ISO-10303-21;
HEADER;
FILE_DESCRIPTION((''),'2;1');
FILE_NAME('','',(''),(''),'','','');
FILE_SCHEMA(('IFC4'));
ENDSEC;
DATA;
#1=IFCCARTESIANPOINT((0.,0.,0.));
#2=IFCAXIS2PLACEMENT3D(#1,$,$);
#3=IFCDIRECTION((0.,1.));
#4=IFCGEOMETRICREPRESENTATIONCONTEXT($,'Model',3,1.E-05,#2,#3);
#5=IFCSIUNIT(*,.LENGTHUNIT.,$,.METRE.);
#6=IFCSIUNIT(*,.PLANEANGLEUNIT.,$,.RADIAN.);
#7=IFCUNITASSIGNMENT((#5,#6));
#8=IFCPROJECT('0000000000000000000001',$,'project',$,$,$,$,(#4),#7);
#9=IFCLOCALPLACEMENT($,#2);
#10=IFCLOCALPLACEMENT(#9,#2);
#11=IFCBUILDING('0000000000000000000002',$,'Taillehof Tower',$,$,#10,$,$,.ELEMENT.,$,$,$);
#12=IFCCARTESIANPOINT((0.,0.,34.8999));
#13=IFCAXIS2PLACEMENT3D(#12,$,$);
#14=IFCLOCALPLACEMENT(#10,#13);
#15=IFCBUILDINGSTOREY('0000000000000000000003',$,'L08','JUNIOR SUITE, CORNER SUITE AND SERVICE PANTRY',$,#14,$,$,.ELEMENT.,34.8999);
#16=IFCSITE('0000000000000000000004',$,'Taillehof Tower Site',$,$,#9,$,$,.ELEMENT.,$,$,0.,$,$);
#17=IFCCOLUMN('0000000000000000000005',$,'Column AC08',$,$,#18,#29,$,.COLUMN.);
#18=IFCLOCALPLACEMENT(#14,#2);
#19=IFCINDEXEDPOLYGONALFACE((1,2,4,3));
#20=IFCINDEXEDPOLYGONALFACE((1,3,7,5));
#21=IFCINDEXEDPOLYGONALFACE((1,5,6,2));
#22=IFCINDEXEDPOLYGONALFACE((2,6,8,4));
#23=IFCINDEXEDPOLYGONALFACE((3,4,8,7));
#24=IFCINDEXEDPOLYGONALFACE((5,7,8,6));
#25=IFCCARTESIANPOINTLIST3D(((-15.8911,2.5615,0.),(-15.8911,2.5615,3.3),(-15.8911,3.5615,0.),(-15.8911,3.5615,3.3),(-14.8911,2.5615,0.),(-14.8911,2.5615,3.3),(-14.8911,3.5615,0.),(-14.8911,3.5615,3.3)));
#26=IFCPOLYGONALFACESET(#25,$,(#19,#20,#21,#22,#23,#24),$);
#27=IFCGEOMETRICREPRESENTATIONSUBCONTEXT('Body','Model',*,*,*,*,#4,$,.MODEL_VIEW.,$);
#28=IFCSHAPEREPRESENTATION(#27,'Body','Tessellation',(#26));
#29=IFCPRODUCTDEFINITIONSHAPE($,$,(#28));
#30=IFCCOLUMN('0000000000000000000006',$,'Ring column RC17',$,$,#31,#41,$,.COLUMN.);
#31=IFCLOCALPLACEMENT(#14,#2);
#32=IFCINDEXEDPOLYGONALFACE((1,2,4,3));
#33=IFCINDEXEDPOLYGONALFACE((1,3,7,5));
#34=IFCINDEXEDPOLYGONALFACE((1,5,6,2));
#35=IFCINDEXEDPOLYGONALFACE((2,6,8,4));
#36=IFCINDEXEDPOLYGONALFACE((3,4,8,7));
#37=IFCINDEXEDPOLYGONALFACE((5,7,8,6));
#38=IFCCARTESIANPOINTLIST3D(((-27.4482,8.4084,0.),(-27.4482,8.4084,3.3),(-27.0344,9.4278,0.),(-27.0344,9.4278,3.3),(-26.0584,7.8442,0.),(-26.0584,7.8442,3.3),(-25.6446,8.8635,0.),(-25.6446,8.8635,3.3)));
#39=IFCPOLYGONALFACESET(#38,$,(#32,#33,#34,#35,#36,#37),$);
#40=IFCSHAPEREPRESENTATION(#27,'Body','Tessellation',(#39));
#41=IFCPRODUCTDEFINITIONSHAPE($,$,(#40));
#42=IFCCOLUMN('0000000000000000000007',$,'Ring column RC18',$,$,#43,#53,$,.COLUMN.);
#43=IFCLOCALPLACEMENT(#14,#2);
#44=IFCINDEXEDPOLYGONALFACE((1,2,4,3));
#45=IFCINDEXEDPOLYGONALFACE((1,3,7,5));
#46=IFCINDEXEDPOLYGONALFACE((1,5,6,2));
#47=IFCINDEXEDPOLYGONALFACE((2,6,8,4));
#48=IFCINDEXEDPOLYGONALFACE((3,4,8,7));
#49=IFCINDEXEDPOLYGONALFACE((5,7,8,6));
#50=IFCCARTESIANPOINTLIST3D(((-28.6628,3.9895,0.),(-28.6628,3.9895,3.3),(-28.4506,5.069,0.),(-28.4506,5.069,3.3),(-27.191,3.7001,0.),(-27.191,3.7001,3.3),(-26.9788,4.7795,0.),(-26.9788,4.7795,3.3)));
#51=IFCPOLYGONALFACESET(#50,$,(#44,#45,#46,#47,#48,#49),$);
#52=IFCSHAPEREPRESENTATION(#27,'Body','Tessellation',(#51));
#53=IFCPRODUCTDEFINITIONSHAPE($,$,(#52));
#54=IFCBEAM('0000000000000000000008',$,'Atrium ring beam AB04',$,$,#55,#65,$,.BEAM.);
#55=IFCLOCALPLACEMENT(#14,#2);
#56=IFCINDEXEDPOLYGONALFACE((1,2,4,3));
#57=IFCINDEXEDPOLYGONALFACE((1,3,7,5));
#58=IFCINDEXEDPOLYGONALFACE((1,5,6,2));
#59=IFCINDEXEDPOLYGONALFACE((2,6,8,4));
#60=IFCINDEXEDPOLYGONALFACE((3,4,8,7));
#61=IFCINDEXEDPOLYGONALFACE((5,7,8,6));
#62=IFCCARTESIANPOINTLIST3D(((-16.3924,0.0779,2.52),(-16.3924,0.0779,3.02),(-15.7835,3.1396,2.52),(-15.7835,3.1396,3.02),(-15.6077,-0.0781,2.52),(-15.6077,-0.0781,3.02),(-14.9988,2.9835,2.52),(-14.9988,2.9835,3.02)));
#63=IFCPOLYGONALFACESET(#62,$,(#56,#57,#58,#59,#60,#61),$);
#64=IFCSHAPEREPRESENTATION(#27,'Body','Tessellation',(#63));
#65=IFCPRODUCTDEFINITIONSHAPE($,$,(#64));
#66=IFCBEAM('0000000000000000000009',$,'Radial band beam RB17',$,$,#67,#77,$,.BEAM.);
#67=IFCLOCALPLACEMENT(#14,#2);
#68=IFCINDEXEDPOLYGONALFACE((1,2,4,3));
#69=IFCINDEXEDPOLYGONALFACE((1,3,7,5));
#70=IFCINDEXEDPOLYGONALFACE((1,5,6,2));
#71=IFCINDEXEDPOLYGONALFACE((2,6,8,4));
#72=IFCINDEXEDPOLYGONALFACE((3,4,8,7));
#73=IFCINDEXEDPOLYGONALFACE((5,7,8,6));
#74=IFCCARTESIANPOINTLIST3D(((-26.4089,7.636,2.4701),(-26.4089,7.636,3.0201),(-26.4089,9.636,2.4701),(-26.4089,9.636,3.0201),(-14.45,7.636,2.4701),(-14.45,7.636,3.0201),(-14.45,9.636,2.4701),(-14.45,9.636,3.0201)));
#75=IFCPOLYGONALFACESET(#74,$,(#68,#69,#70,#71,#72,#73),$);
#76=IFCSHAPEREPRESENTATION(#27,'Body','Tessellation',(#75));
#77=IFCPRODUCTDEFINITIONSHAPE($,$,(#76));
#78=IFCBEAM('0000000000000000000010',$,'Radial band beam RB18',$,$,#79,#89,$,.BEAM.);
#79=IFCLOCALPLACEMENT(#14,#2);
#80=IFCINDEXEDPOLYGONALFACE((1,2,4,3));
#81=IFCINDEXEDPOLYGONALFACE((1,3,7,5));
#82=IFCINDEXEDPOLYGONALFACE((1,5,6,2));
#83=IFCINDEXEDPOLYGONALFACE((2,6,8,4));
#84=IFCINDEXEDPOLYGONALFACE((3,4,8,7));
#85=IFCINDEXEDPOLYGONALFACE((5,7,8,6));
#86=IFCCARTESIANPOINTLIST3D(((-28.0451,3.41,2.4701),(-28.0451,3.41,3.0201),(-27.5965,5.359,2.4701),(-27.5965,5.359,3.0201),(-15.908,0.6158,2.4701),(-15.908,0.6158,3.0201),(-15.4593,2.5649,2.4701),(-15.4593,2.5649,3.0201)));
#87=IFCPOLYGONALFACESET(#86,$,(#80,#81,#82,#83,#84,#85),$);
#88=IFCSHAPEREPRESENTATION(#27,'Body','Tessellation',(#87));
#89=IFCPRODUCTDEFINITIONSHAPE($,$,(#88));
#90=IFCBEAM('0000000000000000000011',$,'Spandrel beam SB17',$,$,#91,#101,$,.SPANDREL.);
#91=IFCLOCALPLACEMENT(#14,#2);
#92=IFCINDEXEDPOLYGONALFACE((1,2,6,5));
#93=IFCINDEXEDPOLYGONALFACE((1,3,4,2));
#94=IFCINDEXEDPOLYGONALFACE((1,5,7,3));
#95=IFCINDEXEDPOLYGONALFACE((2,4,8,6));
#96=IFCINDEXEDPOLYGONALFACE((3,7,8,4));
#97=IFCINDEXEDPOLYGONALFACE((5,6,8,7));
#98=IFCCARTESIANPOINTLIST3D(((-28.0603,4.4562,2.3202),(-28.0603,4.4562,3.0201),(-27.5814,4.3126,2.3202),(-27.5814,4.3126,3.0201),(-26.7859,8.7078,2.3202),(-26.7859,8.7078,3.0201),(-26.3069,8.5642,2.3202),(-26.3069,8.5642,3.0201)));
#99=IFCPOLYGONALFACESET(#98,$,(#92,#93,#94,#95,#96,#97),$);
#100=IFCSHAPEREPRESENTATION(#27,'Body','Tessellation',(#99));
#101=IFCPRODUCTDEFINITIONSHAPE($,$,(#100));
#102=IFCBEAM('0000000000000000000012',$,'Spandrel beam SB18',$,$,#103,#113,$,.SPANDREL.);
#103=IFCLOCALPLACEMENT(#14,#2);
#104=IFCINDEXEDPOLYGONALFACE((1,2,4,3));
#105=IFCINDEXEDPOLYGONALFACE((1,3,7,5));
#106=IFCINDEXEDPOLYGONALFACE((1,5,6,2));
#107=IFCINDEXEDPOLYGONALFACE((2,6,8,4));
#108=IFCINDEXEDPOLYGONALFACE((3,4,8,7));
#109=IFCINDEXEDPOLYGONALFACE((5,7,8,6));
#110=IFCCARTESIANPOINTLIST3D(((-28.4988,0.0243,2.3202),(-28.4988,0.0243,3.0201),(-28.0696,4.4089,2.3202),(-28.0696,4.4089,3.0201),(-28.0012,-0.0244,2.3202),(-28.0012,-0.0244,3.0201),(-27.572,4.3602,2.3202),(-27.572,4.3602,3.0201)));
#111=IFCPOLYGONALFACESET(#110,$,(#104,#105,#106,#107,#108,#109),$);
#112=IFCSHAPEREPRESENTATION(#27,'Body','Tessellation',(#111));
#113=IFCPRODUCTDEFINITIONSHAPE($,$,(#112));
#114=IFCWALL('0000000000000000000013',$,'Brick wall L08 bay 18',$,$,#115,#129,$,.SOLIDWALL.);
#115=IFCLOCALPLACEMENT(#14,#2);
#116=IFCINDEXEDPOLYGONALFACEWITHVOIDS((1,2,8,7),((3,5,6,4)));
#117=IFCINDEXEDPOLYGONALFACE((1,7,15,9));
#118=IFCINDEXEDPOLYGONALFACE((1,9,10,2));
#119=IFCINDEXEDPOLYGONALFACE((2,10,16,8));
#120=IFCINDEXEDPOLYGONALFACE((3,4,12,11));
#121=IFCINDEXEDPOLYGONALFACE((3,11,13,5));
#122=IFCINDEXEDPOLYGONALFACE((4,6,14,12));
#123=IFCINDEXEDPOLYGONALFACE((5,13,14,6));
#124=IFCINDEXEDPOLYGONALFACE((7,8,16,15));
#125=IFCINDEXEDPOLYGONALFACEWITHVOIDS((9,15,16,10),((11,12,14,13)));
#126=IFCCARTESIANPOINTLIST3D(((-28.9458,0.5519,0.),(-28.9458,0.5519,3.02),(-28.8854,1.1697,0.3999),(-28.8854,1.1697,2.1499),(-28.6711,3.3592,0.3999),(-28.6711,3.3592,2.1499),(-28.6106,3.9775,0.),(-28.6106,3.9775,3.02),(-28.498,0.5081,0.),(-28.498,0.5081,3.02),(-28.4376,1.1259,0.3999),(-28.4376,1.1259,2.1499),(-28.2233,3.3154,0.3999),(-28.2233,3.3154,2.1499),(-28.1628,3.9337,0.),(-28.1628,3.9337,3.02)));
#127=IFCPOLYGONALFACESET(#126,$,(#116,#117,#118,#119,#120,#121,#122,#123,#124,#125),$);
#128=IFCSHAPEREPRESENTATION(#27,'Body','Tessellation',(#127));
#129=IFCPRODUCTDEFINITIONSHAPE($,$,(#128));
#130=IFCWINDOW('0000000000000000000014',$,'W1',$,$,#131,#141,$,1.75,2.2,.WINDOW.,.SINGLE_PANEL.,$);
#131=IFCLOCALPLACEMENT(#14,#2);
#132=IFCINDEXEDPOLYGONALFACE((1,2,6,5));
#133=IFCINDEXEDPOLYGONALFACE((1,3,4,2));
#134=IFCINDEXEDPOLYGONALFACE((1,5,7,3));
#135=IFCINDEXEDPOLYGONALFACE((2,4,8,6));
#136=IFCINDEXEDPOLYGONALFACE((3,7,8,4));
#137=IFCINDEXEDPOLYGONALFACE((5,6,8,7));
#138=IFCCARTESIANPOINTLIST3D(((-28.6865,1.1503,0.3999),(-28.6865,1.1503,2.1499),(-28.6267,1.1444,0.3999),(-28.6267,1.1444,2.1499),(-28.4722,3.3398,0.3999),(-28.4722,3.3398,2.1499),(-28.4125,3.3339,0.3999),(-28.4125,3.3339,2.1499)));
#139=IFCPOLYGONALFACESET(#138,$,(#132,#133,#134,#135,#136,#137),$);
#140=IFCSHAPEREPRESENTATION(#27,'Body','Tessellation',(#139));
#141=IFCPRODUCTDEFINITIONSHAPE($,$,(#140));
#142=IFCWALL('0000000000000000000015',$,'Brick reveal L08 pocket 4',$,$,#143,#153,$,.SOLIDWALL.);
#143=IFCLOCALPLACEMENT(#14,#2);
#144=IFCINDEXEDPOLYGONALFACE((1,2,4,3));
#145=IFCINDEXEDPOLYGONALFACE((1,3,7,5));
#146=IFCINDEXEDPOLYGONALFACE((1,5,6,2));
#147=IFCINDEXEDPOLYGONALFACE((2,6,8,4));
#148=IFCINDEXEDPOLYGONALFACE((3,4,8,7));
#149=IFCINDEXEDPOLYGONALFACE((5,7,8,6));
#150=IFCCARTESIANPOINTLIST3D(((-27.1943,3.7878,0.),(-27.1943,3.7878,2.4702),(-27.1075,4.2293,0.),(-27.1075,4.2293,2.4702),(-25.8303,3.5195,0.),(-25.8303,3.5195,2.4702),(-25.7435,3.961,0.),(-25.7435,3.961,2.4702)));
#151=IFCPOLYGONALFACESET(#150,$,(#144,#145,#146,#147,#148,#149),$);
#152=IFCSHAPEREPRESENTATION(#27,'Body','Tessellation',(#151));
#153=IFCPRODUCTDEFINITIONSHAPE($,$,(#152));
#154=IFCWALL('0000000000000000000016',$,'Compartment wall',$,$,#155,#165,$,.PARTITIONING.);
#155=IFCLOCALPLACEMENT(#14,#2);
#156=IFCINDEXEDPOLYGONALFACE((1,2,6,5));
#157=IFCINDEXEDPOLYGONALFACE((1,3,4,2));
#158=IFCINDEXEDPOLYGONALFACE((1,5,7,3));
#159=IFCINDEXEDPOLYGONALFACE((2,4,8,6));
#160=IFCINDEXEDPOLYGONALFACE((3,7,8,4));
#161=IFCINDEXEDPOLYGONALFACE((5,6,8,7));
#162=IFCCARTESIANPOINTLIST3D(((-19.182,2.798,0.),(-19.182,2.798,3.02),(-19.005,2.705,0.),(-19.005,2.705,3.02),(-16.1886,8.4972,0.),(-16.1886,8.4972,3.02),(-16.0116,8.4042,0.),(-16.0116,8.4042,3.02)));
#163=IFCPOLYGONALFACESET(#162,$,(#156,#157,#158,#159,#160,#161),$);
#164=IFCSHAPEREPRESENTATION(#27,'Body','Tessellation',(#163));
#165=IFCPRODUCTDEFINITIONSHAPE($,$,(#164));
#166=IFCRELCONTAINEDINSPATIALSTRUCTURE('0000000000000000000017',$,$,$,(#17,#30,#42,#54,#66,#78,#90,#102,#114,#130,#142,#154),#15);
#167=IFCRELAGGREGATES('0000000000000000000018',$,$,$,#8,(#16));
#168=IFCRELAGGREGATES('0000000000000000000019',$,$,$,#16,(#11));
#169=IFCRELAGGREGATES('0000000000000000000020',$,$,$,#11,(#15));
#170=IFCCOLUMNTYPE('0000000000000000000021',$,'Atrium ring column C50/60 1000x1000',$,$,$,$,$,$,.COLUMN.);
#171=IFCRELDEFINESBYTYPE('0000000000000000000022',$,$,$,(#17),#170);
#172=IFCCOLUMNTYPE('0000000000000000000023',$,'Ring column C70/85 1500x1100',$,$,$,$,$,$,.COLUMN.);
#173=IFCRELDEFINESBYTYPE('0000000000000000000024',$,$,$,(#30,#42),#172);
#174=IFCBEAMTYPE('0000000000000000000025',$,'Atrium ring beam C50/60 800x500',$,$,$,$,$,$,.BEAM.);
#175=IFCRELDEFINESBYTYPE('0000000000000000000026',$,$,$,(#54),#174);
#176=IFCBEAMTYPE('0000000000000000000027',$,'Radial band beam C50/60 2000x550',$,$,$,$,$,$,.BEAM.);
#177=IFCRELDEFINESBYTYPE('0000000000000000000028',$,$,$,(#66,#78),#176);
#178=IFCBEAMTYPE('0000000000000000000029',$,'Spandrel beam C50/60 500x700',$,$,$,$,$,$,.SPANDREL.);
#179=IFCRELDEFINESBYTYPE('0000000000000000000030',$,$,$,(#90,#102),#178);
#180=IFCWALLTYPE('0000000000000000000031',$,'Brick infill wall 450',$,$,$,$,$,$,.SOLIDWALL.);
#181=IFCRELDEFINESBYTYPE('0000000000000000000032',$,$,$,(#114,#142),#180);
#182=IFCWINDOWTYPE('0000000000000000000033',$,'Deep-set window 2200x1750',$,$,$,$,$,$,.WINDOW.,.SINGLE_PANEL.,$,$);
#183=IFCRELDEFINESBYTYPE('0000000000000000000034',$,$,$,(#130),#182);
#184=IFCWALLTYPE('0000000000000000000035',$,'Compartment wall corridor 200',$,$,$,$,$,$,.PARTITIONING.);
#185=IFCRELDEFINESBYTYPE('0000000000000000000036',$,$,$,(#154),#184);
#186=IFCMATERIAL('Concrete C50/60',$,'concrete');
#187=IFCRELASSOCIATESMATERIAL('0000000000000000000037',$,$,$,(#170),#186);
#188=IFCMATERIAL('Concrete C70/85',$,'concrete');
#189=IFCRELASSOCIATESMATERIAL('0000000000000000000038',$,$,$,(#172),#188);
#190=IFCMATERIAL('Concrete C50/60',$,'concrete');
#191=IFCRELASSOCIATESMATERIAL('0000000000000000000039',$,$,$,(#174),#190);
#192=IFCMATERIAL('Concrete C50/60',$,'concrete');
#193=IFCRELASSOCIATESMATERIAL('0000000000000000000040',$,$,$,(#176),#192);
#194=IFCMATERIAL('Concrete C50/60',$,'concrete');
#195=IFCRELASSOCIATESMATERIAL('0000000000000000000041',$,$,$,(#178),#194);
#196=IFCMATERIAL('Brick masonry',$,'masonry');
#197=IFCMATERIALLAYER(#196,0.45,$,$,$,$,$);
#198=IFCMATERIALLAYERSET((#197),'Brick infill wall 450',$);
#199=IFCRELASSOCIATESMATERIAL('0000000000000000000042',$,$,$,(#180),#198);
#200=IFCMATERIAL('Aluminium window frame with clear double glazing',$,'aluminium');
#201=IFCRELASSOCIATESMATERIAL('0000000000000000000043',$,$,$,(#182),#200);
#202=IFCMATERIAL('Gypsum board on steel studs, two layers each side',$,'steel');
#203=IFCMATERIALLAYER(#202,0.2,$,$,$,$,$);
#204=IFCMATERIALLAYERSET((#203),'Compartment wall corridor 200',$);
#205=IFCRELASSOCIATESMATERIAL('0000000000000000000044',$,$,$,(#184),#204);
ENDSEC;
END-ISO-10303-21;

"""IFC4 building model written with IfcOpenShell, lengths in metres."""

from ifc_helpers import new_model, si_unit, direction, frame, frame_2d, origin, origin_2d, place, context, subcontext, project, spatial, rectangle, extrude, material, layer, layer_set, material_profile, profile_set, type_object, element, fill, save


model = new_model("IFC4")

# Units and contexts
model_context = context("Model", 3, precision=1e-05, world=origin(), true_north=direction((0.0, 1.0)))
body_context = subcontext(model_context, "Body", "Model", "MODEL_VIEW")
ifc_project = project(units=[si_unit("LENGTHUNIT", "METRE"), si_unit("PLANEANGLEUNIT", "RADIAN")], contexts=[model_context])

# Site, building, storey
site_placement = place(None, origin())
site = spatial("IfcSite", under=ifc_project, at=site_placement, Name="Taillehof Tower Site", CompositionType="ELEMENT", RefElevation=0.0)
building_placement = place(site_placement, origin())
building = spatial("IfcBuilding", under=site, at=building_placement, Name="Taillehof Tower", CompositionType="ELEMENT")
storey_placement = place(building_placement, frame((0.0, 0.0, 34.8999)))
storey = spatial("IfcBuildingStorey", under=building, at=storey_placement, Name="L08", Description="JUNIOR SUITE, CORNER SUITE AND SERVICE PANTRY", CompositionType="ELEMENT", Elevation=34.8999)

# Columns
ifc_material_1 = material(Name="Concrete C50/60", Category="concrete")
ifc_material_profile_1 = material_profile(ifc_material_1, rectangle(XDim=1.0, YDim=1.0, at=origin_2d()), Name="RC 1000x1000")
ifc_profile_set_1 = profile_set([ifc_material_profile_1], Name="Concrete C50/60")
column_type_1 = type_object("IfcColumnType", Name="Atrium ring column C50/60 1000x1000", PredefinedType="COLUMN", material=ifc_profile_set_1)
column_placement = place(storey_placement, frame((-15.3911, 3.0615, 0.0), z_axis=(0.0, 0.0, 1.0), x_axis=(1.0, 0.0, 0.0)))
element("IfcColumn", 1, at=column_placement, inside=storey, type_object=column_type_1, Name="Column AC08", PredefinedType="COLUMN", context=body_context, shape_type="SweptSolid", body=[
    extrude(rectangle(XDim=1.0, YDim=1.0, at=origin_2d()), origin(), (0.0, 0.0, 1.0), 3.3),
])
ifc_material_2 = material(Name="Concrete C70/85", Category="concrete")
ifc_material_profile_2 = material_profile(ifc_material_2, rectangle(XDim=1.5, YDim=1.1001, at=origin_2d()), Name="RC 1500x1100")
ifc_profile_set_2 = profile_set([ifc_material_profile_2], Name="Concrete C70/85")
column_type_2 = type_object("IfcColumnType", Name="Ring column C70/85 1500x1100", PredefinedType="COLUMN", material=ifc_profile_set_2)
for number, where, z_axis, x_axis, name in (
    (2, (-26.5464, 8.636, 0.0), (0.0, 0.0, 1.0), (-0.926558, 0.376152, 0.0), "Ring column RC17"),
    (3, (-27.8208, 4.3845, 0.0), (0.0, 0.0, 1.0), (-0.981204, 0.192976, 0.0), "Ring column RC18"),
):
    element("IfcColumn", number, at=place(storey_placement, frame(where, z_axis=z_axis, x_axis=x_axis)), inside=storey, type_object=column_type_2, Name=name, PredefinedType="COLUMN", context=body_context, shape_type="SweptSolid", body=[
        extrude(rectangle(XDim=1.5, YDim=1.1001, at=origin_2d()), origin(), (0.0, 0.0, 1.0), 3.3),
    ])

# Beams
ifc_material_3 = material(Name="Concrete C50/60", Category="concrete")
ifc_material_profile_3 = material_profile(ifc_material_3, rectangle(XDim=0.8, YDim=0.5, at=origin_2d()), Name="RC 800x500")
ifc_profile_set_3 = profile_set([ifc_material_profile_3], Name="Concrete C50/60")
beam_type_1 = type_object("IfcBeamType", Name="Atrium ring beam C50/60 800x500", PredefinedType="BEAM", material=ifc_profile_set_3)
beam_1_placement = place(storey_placement, frame((-15.3911, 3.0615, 2.77), z_axis=(-0.195063, -0.980791, 0.0), x_axis=(0.980791, -0.195063, 0.0)))
element("IfcBeam", 4, at=beam_1_placement, inside=storey, type_object=beam_type_1, Name="Atrium ring beam AB04", PredefinedType="BEAM", context=body_context, shape_type="SweptSolid", body=[
    extrude(rectangle(XDim=0.8, YDim=0.5, at=origin_2d()), origin(), (0.0, 0.0, 1.0), 3.1216),
])
ifc_material_4 = material(Name="Concrete C50/60", Category="concrete")
ifc_material_profile_4 = material_profile(ifc_material_4, rectangle(XDim=2.0, YDim=0.55, at=origin_2d()), Name="RC 2000x550")
ifc_profile_set_4 = profile_set([ifc_material_profile_4], Name="Concrete C50/60")
beam_type_2 = type_object("IfcBeamType", Name="Radial band beam C50/60 2000x550", PredefinedType="BEAM", material=ifc_profile_set_4)
beam_2_placement = place(storey_placement, frame((-26.4089, 8.636, 2.7451), z_axis=(1.0, 0.0, 0.0), x_axis=(0.0, 1.0, 0.0)))
element("IfcBeam", 5, at=beam_2_placement, inside=storey, type_object=beam_type_2, Name="Radial band beam RB17", PredefinedType="BEAM", context=body_context, shape_type="SweptSolid", body=[
    extrude(rectangle(XDim=2.0, YDim=0.55, at=origin_2d()), origin(), (0.0, 0.0, 1.0), 11.959),
])
beam_3_placement = place(storey_placement, frame((-27.8208, 4.3845, 2.7451), z_axis=(0.974509, -0.224348, 0.0), x_axis=(0.224348, 0.974509, 0.0)))
element("IfcBeam", 6, at=beam_3_placement, inside=storey, type_object=beam_type_2, Name="Radial band beam RB18", PredefinedType="BEAM", context=body_context, shape_type="SweptSolid", body=[
    extrude(rectangle(XDim=2.0, YDim=0.55, at=origin_2d()), origin(), (0.0, 0.0, 1.0), 12.4546),
])
ifc_material_5 = material(Name="Concrete C50/60", Category="concrete")
ifc_material_profile_5 = material_profile(ifc_material_5, rectangle(XDim=0.5, YDim=0.7, at=origin_2d()), Name="RC 500x700")
ifc_profile_set_5 = profile_set([ifc_material_profile_5], Name="Concrete C50/60")
beam_type_3 = type_object("IfcBeamType", Name="Spandrel beam C50/60 500x700", PredefinedType="SPANDREL", material=ifc_profile_set_5)
beam_4_placement = place(storey_placement, frame((-26.5464, 8.636, 2.6702), z_axis=(-0.287136, -0.95789, 0.0), x_axis=(0.95789, -0.287136, 0.0)))
element("IfcBeam", 7, at=beam_4_placement, inside=storey, type_object=beam_type_3, Name="Spandrel beam SB17", PredefinedType="SPANDREL", context=body_context, shape_type="SweptSolid", body=[
    extrude(rectangle(XDim=0.5, YDim=0.7, at=origin_2d()), origin(), (0.0, 0.0, 1.0), 4.4385),
])
beam_5_placement = place(storey_placement, frame((-27.8208, 4.3845, 2.6702), z_axis=(-0.097424, -0.995243, 0.0), x_axis=(0.995243, -0.097424, 0.0)))
element("IfcBeam", 8, at=beam_5_placement, inside=storey, type_object=beam_type_3, Name="Spandrel beam SB18", PredefinedType="SPANDREL", context=body_context, shape_type="SweptSolid", body=[
    extrude(rectangle(XDim=0.5, YDim=0.7, at=origin_2d()), origin(), (0.0, 0.0, 1.0), 4.4055),
])

# Wall, opening, window
ifc_material_6 = material(Name="Brick masonry", Category="masonry")
ifc_layer_1 = layer(ifc_material_6, 0.45)
ifc_layer_set_1 = layer_set([ifc_layer_1], Name="Brick infill wall 450")
wall_type_1 = type_object("IfcWallType", Name="Brick infill wall 450", PredefinedType="SOLIDWALL", material=ifc_layer_set_1)
wall_1_placement = place(storey_placement, frame((-28.3867, 3.9556, 0.0), z_axis=(0.0, 0.0, 1.0), x_axis=(-0.09739, -0.995246, 0.0)))
wall_1 = element("IfcWall", 9, at=wall_1_placement, inside=storey, type_object=wall_type_1, Name="Brick wall L08 bay 18", PredefinedType="SOLIDWALL", context=body_context, shape_type="SweptSolid", body=[
    extrude(rectangle(XDim=3.4419, YDim=0.45, at=frame_2d((1.7209, 0.0))), origin(), (0.0, 0.0, 1.0), 3.02),
])
opening_1_placement = place(wall_1_placement, frame((0.6211, 0.0, 0.3999)))
opening_1 = element("IfcOpeningElement", 10, at=opening_1_placement, cuts=wall_1, PredefinedType="OPENING", context=body_context, shape_type="SweptSolid", body=[
    extrude(rectangle(XDim=2.2, YDim=1.75, at=frame_2d((1.1001, 0.875))), frame((0.0, 0.2349, 0.0), z_axis=(0.0, -1.0, 0.0), x_axis=(1.0, 0.0, 0.0)), (0.0, 0.0, 1.0), 0.47),
])
ifc_material_7 = material(Name="Aluminium window frame with clear double glazing", Category="aluminium")
window_type_1 = type_object("IfcWindowType", Name="Deep-set window 2200x1750", PartitioningType="SINGLE_PANEL", PredefinedType="WINDOW", material=ifc_material_7)
window_1_placement = place(opening_1_placement, origin())
window_1 = element("IfcWindow", 11, at=window_1_placement, inside=storey, type_object=window_type_1, Name="W1", OverallHeight=1.75, OverallWidth=2.2, PartitioningType="SINGLE_PANEL", PredefinedType="WINDOW", context=body_context, shape_type="SweptSolid", body=[
    extrude(rectangle(XDim=2.2, YDim=1.75, at=frame_2d((1.1001, 0.875))), frame((0.0, 0.0349, 0.0), z_axis=(0.0, -1.0, 0.0), x_axis=(1.0, 0.0, 0.0)), (0.0, 0.0, 1.0), 0.0601),
])
fill(opening_1, window_1)

# Wall
wall_2_placement = place(storey_placement, frame((-27.1509, 4.0085, 0.0), z_axis=(0.0, 0.0, 1.0), x_axis=(0.981197, -0.193008, 0.0)))
element("IfcWall", 12, at=wall_2_placement, inside=storey, type_object=wall_type_1, Name="Brick reveal L08 pocket 4", PredefinedType="SOLIDWALL", context=body_context, shape_type="SweptSolid", body=[
    extrude(rectangle(XDim=1.3901, YDim=0.45, at=frame_2d((0.6951, 0.0))), origin(), (0.0, 0.0, 1.0), 2.4702),
])

# Wall
ifc_material_8 = material(Name="Gypsum board on steel studs, two layers each side", Category="steel")
ifc_layer_2 = layer(ifc_material_8, 0.2)
ifc_layer_set_2 = layer_set([ifc_layer_2], Name="Compartment wall corridor 200")
wall_type_2 = type_object("IfcWallType", Name="Compartment wall corridor 200", PredefinedType="PARTITIONING", material=ifc_layer_set_2)
wall_3_placement = place(storey_placement, frame((-19.0935, 2.7515, 0.0), z_axis=(0.0, 0.0, 1.0), x_axis=(0.464994, 0.885314, 0.0)))
element("IfcWall", 13, at=wall_3_placement, inside=storey, type_object=wall_type_2, Name="Compartment wall", PredefinedType="PARTITIONING", context=body_context, shape_type="SweptSolid", body=[
    extrude(rectangle(XDim=6.4375, YDim=0.2, at=frame_2d((3.2188, 0.0))), origin(), (0.0, 0.0, 1.0), 3.02),
])

save(model, "model.ifc")
